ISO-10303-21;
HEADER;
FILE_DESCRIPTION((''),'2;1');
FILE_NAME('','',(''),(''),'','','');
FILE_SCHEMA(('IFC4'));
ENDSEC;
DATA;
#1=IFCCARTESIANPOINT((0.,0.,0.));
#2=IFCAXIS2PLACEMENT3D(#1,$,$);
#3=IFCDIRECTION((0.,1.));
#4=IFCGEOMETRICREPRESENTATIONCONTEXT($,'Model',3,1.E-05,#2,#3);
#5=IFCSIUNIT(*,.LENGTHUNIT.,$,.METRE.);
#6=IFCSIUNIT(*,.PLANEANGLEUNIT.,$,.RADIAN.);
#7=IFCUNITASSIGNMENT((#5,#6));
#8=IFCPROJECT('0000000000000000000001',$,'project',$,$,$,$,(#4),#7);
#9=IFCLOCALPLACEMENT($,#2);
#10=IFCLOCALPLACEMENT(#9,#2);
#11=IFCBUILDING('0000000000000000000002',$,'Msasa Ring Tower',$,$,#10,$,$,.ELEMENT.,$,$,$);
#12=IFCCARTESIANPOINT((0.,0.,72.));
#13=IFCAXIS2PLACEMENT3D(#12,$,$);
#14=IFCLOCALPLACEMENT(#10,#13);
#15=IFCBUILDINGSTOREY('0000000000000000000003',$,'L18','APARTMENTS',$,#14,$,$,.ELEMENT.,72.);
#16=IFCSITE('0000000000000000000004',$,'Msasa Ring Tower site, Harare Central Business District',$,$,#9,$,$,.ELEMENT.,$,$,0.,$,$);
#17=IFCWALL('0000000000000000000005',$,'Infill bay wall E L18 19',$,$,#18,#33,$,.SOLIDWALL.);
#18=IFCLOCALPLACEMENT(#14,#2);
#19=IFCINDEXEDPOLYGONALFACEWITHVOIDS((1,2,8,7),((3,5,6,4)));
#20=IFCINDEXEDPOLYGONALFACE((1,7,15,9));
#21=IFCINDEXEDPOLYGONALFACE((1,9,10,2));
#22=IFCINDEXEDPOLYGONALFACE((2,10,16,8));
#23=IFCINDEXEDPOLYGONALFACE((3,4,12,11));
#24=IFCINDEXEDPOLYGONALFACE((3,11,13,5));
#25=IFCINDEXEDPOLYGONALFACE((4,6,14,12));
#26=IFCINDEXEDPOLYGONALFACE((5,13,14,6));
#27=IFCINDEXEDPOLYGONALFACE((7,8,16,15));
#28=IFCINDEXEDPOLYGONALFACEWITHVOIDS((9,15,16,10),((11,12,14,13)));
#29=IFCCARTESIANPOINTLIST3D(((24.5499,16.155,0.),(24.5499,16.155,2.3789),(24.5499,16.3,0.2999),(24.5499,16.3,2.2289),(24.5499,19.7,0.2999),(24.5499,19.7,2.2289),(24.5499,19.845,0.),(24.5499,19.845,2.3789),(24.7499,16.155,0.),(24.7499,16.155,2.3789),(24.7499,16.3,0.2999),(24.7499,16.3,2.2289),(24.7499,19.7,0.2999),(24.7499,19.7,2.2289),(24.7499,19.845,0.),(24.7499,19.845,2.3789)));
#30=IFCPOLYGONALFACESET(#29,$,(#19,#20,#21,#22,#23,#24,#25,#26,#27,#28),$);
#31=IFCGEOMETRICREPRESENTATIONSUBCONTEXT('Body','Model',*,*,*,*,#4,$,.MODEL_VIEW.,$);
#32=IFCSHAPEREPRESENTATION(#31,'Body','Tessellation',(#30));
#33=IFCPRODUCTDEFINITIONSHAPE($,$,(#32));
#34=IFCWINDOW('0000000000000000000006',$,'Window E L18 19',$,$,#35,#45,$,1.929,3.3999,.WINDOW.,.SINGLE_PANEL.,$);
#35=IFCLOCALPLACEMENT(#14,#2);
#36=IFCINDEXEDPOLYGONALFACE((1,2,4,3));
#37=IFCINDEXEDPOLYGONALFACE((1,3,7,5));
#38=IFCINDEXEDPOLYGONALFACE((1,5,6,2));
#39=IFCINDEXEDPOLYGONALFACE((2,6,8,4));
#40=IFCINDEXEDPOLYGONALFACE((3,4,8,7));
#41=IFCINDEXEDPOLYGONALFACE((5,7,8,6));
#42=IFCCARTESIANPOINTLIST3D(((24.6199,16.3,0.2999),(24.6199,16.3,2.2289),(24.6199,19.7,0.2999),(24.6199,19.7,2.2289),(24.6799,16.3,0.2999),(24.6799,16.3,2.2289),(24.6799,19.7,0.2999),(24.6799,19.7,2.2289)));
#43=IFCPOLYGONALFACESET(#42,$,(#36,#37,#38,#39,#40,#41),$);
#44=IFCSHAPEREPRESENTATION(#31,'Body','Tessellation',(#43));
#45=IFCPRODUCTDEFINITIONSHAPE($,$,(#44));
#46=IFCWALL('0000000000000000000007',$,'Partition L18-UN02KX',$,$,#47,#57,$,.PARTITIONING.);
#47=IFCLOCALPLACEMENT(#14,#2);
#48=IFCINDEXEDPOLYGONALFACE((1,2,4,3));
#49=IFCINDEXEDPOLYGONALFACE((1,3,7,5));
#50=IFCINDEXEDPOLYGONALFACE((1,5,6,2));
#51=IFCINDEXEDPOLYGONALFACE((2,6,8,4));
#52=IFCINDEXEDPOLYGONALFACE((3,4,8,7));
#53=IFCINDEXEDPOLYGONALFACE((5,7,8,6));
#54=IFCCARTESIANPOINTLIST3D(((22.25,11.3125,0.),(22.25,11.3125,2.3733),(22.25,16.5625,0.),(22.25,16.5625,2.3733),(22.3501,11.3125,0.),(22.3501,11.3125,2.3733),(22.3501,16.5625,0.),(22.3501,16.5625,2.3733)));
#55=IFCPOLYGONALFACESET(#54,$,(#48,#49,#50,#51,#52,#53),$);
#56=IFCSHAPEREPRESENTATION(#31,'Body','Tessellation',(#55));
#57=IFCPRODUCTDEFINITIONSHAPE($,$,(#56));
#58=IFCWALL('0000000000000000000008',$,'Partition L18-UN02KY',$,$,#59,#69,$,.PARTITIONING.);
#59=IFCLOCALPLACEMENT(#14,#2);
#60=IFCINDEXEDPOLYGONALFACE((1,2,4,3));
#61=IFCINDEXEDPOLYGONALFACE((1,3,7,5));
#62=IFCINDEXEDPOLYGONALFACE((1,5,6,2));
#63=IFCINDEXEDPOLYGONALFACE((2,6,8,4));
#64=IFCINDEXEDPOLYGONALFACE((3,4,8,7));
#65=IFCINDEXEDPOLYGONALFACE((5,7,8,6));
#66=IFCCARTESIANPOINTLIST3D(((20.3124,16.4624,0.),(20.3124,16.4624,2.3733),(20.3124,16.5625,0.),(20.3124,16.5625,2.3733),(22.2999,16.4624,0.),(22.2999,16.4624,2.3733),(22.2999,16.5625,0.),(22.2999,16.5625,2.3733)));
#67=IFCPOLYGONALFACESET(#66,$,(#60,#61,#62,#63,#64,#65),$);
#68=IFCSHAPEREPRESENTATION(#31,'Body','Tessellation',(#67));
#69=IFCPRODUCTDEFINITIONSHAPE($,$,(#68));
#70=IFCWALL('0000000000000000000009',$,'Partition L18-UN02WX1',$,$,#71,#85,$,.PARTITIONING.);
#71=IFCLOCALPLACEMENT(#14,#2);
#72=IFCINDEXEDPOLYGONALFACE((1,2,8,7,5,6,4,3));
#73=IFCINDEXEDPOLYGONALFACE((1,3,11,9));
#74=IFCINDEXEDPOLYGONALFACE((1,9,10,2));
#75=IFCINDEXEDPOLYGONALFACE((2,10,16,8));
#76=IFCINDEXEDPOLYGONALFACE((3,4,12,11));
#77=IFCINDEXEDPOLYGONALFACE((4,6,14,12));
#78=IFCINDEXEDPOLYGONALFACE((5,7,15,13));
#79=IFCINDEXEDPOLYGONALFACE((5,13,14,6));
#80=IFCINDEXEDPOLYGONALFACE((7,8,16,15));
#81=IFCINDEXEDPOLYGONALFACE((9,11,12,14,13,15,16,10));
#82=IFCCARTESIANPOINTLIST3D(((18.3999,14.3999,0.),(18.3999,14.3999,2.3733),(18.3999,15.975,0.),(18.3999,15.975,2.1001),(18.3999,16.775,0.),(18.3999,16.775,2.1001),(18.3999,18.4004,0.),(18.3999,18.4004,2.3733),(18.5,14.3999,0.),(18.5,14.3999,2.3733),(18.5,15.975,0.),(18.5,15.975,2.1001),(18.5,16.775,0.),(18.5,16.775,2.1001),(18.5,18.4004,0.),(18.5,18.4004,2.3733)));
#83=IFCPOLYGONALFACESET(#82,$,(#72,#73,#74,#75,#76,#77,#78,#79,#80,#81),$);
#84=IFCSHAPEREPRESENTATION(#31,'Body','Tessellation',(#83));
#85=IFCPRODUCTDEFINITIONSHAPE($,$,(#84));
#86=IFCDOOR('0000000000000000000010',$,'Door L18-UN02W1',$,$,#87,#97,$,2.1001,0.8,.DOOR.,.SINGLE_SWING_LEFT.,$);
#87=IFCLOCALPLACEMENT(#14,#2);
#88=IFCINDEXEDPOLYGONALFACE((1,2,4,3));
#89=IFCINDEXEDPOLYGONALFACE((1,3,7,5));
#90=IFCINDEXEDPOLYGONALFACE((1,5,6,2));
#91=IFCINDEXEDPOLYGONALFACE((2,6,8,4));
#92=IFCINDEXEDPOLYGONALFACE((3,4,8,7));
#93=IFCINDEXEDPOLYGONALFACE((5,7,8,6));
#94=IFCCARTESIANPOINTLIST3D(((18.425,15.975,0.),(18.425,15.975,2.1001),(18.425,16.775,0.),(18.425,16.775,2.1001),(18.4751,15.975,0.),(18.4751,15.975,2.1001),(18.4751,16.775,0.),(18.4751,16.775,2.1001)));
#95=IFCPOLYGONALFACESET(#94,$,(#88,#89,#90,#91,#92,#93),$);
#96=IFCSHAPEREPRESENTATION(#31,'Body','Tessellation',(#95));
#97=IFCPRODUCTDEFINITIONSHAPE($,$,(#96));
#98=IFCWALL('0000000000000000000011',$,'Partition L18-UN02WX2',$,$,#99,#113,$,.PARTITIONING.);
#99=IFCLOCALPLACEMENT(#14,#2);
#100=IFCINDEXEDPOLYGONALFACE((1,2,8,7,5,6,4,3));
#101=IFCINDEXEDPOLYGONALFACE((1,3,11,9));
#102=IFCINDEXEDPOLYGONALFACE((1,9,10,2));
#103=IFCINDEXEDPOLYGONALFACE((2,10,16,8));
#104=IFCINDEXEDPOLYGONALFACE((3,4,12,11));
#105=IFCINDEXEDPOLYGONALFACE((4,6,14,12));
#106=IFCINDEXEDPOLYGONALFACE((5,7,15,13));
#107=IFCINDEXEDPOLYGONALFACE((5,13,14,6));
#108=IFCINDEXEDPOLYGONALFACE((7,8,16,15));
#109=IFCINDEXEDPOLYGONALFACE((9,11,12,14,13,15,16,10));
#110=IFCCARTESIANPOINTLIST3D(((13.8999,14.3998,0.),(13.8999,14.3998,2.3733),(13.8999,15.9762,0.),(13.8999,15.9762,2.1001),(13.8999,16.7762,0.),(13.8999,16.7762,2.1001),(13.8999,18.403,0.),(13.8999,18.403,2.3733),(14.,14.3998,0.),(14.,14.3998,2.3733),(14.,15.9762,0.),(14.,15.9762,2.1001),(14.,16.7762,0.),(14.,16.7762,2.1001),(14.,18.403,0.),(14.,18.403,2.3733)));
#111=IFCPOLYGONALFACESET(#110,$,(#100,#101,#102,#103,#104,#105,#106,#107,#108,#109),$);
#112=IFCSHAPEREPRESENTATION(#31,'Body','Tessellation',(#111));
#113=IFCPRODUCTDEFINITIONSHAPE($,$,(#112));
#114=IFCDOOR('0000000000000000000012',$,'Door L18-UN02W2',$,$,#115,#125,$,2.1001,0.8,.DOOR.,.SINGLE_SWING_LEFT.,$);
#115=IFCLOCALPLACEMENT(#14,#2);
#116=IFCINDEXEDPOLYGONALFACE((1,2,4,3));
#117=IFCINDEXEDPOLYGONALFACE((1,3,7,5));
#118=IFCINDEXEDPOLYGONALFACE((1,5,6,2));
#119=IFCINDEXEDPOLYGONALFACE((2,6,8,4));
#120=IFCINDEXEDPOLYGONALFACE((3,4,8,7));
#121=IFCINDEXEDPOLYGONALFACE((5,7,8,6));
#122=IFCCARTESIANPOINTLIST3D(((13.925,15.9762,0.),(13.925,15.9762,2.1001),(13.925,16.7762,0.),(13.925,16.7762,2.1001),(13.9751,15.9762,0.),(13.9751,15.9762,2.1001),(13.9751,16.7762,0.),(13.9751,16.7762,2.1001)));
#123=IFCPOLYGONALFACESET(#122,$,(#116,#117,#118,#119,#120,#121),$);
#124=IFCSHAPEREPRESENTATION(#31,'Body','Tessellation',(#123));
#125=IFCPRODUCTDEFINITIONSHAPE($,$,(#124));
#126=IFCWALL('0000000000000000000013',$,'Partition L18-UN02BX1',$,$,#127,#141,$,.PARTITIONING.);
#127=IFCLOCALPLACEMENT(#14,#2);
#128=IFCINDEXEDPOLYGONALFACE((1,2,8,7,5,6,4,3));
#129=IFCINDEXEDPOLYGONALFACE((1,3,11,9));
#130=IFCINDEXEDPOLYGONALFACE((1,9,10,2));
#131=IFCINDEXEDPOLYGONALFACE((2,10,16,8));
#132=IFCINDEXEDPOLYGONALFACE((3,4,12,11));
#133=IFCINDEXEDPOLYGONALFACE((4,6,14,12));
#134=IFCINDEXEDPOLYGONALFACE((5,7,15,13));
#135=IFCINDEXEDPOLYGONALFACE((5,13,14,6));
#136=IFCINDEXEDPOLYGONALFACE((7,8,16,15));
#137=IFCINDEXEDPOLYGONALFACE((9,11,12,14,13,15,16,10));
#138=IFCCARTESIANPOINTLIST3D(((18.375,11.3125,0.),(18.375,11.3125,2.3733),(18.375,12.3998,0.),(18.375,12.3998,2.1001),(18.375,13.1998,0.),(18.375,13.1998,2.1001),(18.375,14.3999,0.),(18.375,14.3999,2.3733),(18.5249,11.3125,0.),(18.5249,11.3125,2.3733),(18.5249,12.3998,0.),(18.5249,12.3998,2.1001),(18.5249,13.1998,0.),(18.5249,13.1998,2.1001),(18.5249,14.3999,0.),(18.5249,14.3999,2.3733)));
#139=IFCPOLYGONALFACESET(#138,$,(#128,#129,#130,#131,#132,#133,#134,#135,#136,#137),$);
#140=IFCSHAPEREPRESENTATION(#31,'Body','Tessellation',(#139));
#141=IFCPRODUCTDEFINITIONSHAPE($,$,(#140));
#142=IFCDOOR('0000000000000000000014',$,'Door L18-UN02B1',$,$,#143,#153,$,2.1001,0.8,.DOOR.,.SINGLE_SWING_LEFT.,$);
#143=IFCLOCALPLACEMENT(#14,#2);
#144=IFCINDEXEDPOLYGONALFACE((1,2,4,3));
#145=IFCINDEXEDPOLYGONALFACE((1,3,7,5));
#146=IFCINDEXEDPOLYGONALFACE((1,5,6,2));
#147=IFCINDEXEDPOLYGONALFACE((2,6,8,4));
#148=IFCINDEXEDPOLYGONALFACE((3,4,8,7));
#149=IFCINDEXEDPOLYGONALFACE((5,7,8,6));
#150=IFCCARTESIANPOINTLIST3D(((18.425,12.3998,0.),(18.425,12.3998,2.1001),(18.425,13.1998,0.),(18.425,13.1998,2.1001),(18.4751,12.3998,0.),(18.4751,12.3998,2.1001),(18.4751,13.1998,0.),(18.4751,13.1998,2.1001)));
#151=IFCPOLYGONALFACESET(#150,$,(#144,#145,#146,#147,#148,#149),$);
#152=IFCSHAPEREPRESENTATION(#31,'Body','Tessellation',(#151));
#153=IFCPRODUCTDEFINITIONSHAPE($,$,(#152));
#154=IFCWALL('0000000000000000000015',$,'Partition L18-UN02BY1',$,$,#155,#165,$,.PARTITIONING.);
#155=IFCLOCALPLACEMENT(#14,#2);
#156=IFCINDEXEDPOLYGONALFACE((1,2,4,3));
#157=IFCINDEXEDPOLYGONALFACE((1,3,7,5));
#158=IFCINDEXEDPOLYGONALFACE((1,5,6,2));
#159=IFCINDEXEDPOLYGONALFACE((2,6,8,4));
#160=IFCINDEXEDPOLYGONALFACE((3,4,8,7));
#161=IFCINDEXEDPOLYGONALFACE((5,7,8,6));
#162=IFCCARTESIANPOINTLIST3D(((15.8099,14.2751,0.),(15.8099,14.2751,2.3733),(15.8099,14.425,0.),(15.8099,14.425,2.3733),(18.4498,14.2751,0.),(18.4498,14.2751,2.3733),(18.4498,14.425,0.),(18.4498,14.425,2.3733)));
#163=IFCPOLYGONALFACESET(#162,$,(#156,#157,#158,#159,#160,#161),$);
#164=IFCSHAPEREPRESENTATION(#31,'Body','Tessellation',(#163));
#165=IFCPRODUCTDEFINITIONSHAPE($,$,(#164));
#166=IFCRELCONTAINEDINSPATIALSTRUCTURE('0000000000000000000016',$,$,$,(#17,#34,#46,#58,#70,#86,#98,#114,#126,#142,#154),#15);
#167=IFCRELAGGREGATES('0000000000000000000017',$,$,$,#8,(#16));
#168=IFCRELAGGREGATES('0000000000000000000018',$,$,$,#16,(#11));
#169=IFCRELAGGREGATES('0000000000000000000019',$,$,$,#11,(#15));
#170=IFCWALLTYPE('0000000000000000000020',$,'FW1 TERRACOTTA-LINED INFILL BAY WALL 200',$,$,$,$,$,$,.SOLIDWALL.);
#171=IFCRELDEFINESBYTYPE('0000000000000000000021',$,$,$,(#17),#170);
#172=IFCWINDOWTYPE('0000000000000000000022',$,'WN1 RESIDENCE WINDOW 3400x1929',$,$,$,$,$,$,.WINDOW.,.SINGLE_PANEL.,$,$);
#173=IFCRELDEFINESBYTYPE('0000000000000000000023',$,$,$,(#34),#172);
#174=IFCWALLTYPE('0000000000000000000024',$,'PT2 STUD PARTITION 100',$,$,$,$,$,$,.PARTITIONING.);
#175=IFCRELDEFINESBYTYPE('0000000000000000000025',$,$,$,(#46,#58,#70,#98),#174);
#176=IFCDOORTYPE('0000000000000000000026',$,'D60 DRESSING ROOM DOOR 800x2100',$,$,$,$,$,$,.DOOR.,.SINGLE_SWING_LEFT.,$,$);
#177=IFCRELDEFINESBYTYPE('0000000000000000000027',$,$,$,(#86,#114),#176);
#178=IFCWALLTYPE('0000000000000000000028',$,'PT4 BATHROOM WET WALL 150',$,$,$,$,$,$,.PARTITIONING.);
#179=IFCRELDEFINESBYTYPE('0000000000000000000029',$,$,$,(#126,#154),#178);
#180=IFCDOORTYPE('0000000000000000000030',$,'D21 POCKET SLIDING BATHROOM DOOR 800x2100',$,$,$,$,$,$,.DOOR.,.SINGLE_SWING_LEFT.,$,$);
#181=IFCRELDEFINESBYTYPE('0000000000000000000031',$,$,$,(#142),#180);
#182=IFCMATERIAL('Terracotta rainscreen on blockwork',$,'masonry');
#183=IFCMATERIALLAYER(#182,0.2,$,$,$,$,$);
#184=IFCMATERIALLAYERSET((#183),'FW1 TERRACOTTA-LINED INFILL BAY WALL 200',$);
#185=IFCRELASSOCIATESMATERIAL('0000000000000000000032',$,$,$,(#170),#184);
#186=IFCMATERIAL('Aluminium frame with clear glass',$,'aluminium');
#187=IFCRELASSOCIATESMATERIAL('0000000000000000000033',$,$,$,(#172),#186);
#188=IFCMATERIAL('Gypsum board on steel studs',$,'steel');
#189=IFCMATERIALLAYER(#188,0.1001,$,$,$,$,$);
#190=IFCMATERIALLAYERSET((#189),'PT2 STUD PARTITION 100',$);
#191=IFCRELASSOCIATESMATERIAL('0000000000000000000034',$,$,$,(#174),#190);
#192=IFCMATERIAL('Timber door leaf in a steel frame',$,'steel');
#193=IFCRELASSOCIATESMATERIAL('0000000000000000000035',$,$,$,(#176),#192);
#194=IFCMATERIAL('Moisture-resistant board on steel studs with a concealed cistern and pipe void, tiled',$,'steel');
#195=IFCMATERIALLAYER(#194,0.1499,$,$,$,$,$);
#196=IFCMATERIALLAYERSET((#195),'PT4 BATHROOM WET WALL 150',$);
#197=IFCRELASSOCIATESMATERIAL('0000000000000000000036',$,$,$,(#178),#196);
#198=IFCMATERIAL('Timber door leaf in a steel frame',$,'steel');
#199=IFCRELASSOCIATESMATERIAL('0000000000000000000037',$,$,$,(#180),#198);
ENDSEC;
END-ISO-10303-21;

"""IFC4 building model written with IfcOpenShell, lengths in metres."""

from ifc_helpers import new_model, si_unit, direction, frame, frame_2d, origin, place, context, subcontext, project, spatial, rectangle, extrude, material, layer, layer_set, type_object, element, fill, save


model = new_model("IFC4")

# Units and contexts
model_context = context("Model", 3, precision=1e-05, world=origin(), true_north=direction((0.0, 1.0)))
body_context = subcontext(model_context, "Body", "Model", "MODEL_VIEW")
ifc_project = project(units=[si_unit("LENGTHUNIT", "METRE"), si_unit("PLANEANGLEUNIT", "RADIAN")], contexts=[model_context])

# Site, building, storey
site_placement = place(None, origin())
site = spatial("IfcSite", under=ifc_project, at=site_placement, Name="Msasa Ring Tower site, Harare Central Business District", CompositionType="ELEMENT", RefElevation=0.0)
building_placement = place(site_placement, origin())
building = spatial("IfcBuilding", under=site, at=building_placement, Name="Msasa Ring Tower", CompositionType="ELEMENT")
storey_placement = place(building_placement, frame((0.0, 0.0, 72.0)))
storey = spatial("IfcBuildingStorey", under=building, at=storey_placement, Name="L18", Description="APARTMENTS", CompositionType="ELEMENT", Elevation=72.0)

# Wall, opening, window
ifc_material_1 = material(Name="Terracotta rainscreen on blockwork", Category="masonry")
ifc_layer_1 = layer(ifc_material_1, 0.2)
ifc_layer_set_1 = layer_set([ifc_layer_1], Name="FW1 TERRACOTTA-LINED INFILL BAY WALL 200")
wall_type_1 = type_object("IfcWallType", Name="FW1 TERRACOTTA-LINED INFILL BAY WALL 200", PredefinedType="SOLIDWALL", material=ifc_layer_set_1)
ifc_material_2 = material(Name="Aluminium frame with clear glass", Category="aluminium")
window_type = type_object("IfcWindowType", Name="WN1 RESIDENCE WINDOW 3400x1929", PartitioningType="SINGLE_PANEL", PredefinedType="WINDOW", material=ifc_material_2)
wall_1_placement = place(storey_placement, frame((24.6499, 16.155, 0.0), z_axis=(0.0, 0.0, 1.0), x_axis=(0.0, 1.0, 0.0)))
wall_1 = element("IfcWall", 1, at=wall_1_placement, inside=storey, type_object=wall_type_1, Name="Infill bay wall E L18 19", PredefinedType="SOLIDWALL", context=body_context, shape_type="SweptSolid", body=[
    extrude(rectangle(XDim=3.6899, YDim=0.2, at=frame_2d((1.845, 0.0))), origin(), (0.0, 0.0, 1.0), 2.3789),
])
opening_1_placement = place(wall_1_placement, frame((0.145, 0.0, 0.3)))
opening_1 = element("IfcOpeningElement", 2, at=opening_1_placement, cuts=wall_1, PredefinedType="OPENING", context=body_context, shape_type="SweptSolid", body=[
    extrude(rectangle(XDim=3.3999, YDim=1.929, at=frame_2d((1.7, 0.9644))), frame((0.0, 0.1099, 0.0), z_axis=(0.0, -1.0, 0.0), x_axis=(1.0, 0.0, 0.0)), (0.0, 0.0, 1.0), 0.22),
])
window_1_placement = place(opening_1_placement, origin())
window_1 = element("IfcWindow", 3, at=window_1_placement, inside=storey, type_object=window_type, Name="Window E L18 19", OverallHeight=1.929, OverallWidth=3.3999, PartitioningType="SINGLE_PANEL", PredefinedType="WINDOW", context=body_context, shape_type="SweptSolid", body=[
    extrude(rectangle(XDim=3.3999, YDim=1.929, at=frame_2d((1.7, 0.9644))), frame((0.0, 0.03, 0.0), z_axis=(0.0, -1.0, 0.0), x_axis=(1.0, 0.0, 0.0)), (0.0, 0.0, 1.0), 0.0601),
])
fill(opening_1, window_1)

# Walls
ifc_material_3 = material(Name="Gypsum board on steel studs", Category="steel")
ifc_layer_2 = layer(ifc_material_3, 0.1001)
ifc_layer_set_2 = layer_set([ifc_layer_2], Name="PT2 STUD PARTITION 100")
wall_type_2 = type_object("IfcWallType", Name="PT2 STUD PARTITION 100", PredefinedType="PARTITIONING", material=ifc_layer_set_2)
wall_2_placement = place(storey_placement, frame((22.3, 11.3125, 0.0), z_axis=(0.0, 0.0, 1.0), x_axis=(0.0, 1.0, 0.0)))
element("IfcWall", 4, at=wall_2_placement, inside=storey, type_object=wall_type_2, Name="Partition L18-UN02KX", PredefinedType="PARTITIONING", context=body_context, shape_type="SweptSolid", body=[
    extrude(rectangle(XDim=5.25, YDim=0.1001, at=frame_2d((2.625, 0.0))), origin(), (0.0, 0.0, 1.0), 2.3733),
])
wall_3_placement = place(storey_placement, frame((20.3125, 16.5125, 0.0), z_axis=(0.0, 0.0, 1.0), x_axis=(1.0, 0.0, 0.0)))
element("IfcWall", 5, at=wall_3_placement, inside=storey, type_object=wall_type_2, Name="Partition L18-UN02KY", PredefinedType="PARTITIONING", context=body_context, shape_type="SweptSolid", body=[
    extrude(rectangle(XDim=1.9875, YDim=0.1001, at=frame_2d((0.9937, 0.0))), origin(), (0.0, 0.0, 1.0), 2.3733),
])

# Walls, openings, doors
wall_4_placement = place(storey_placement, frame((18.45, 14.3999, 0.0), z_axis=(0.0, 0.0, 1.0), x_axis=(0.0, 1.0, 0.0)))
wall_4 = element("IfcWall", 6, at=wall_4_placement, inside=storey, type_object=wall_type_2, Name="Partition L18-UN02WX1", PredefinedType="PARTITIONING", context=body_context, shape_type="SweptSolid", body=[
    extrude(rectangle(XDim=4.0005, YDim=0.1001, at=frame_2d((2.0002, 0.0))), origin(), (0.0, 0.0, 1.0), 2.3733),
])
opening_2_placement = place(wall_4_placement, frame((1.5752, 0.0, 0.0)))
opening_2 = element("IfcOpeningElement", 7, at=opening_2_placement, cuts=wall_4, PredefinedType="OPENING", context=body_context, shape_type="SweptSolid", body=[
    extrude(rectangle(XDim=0.8, YDim=2.1001, at=frame_2d((0.3999, 1.05))), frame((0.0, 0.0601, 0.0), z_axis=(0.0, -1.0, 0.0), x_axis=(1.0, 0.0, 0.0)), (0.0, 0.0, 1.0), 0.1201),
])
ifc_material_4 = material(Name="Timber door leaf in a steel frame", Category="steel")
door_type_1 = type_object("IfcDoorType", Name="D60 DRESSING ROOM DOOR 800x2100", OperationType="SINGLE_SWING_LEFT", PredefinedType="DOOR", material=ifc_material_4)
door_1_placement = place(opening_2_placement, origin())
door_1 = element("IfcDoor", 8, at=door_1_placement, inside=storey, type_object=door_type_1, Name="Door L18-UN02W1", OperationType="SINGLE_SWING_LEFT", OverallHeight=2.1001, OverallWidth=0.8, PredefinedType="DOOR", context=body_context, shape_type="SweptSolid", body=[
    extrude(rectangle(XDim=0.8, YDim=2.1001, at=frame_2d((0.3999, 1.05))), frame((0.0, 0.0249, 0.0), z_axis=(0.0, -1.0, 0.0), x_axis=(1.0, 0.0, 0.0)), (0.0, 0.0, 1.0), 0.05),
])
fill(opening_2, door_1)
wall_5_placement = place(storey_placement, frame((13.95, 14.3999, 0.0), z_axis=(0.0, 0.0, 1.0), x_axis=(0.0, 1.0, 0.0)))
wall_5 = element("IfcWall", 9, at=wall_5_placement, inside=storey, type_object=wall_type_2, Name="Partition L18-UN02WX2", PredefinedType="PARTITIONING", context=body_context, shape_type="SweptSolid", body=[
    extrude(rectangle(XDim=4.0032, YDim=0.1001, at=frame_2d((2.0015, 0.0))), origin(), (0.0, 0.0, 1.0), 2.3733),
])
opening_3_placement = place(wall_5_placement, frame((1.5764, 0.0, 0.0)))
opening_3 = element("IfcOpeningElement", 10, at=opening_3_placement, cuts=wall_5, PredefinedType="OPENING", context=body_context, shape_type="SweptSolid", body=[
    extrude(rectangle(XDim=0.8, YDim=2.1001, at=frame_2d((0.3999, 1.05))), frame((0.0, 0.0601, 0.0), z_axis=(0.0, -1.0, 0.0), x_axis=(1.0, 0.0, 0.0)), (0.0, 0.0, 1.0), 0.1201),
])
door_2_placement = place(opening_3_placement, origin())
door_2 = element("IfcDoor", 11, at=door_2_placement, inside=storey, type_object=door_type_1, Name="Door L18-UN02W2", OperationType="SINGLE_SWING_LEFT", OverallHeight=2.1001, OverallWidth=0.8, PredefinedType="DOOR", context=body_context, shape_type="SweptSolid", body=[
    extrude(rectangle(XDim=0.8, YDim=2.1001, at=frame_2d((0.3999, 1.05))), frame((0.0, 0.0249, 0.0), z_axis=(0.0, -1.0, 0.0), x_axis=(1.0, 0.0, 0.0)), (0.0, 0.0, 1.0), 0.05),
])
fill(opening_3, door_2)
ifc_material_5 = material(Name="Moisture-resistant board on steel studs with a concealed cistern and pipe void, tiled", Category="steel")
ifc_layer_3 = layer(ifc_material_5, 0.1499)
ifc_layer_set_3 = layer_set([ifc_layer_3], Name="PT4 BATHROOM WET WALL 150")
wall_type_3 = type_object("IfcWallType", Name="PT4 BATHROOM WET WALL 150", PredefinedType="PARTITIONING", material=ifc_layer_set_3)
wall_6_placement = place(storey_placement, frame((18.45, 11.3125, 0.0), z_axis=(0.0, 0.0, 1.0), x_axis=(0.0, 1.0, 0.0)))
wall_6 = element("IfcWall", 12, at=wall_6_placement, inside=storey, type_object=wall_type_3, Name="Partition L18-UN02BX1", PredefinedType="PARTITIONING", context=body_context, shape_type="SweptSolid", body=[
    extrude(rectangle(XDim=3.0874, YDim=0.1499, at=frame_2d((1.5437, 0.0))), origin(), (0.0, 0.0, 1.0), 2.3733),
])
opening_4_placement = place(wall_6_placement, frame((1.0874, 0.0, 0.0)))
opening_4 = element("IfcOpeningElement", 13, at=opening_4_placement, cuts=wall_6, PredefinedType="OPENING", context=body_context, shape_type="SweptSolid", body=[
    extrude(rectangle(XDim=0.8, YDim=2.1001, at=frame_2d((0.3999, 1.05))), frame((0.0, 0.085, 0.0), z_axis=(0.0, -1.0, 0.0), x_axis=(1.0, 0.0, 0.0)), (0.0, 0.0, 1.0), 0.1699),
])
ifc_material_6 = material(Name="Timber door leaf in a steel frame", Category="steel")
door_type_2 = type_object("IfcDoorType", Name="D21 POCKET SLIDING BATHROOM DOOR 800x2100", OperationType="SINGLE_SWING_LEFT", PredefinedType="DOOR", material=ifc_material_6)
door_3_placement = place(opening_4_placement, origin())
door_3 = element("IfcDoor", 14, at=door_3_placement, inside=storey, type_object=door_type_2, Name="Door L18-UN02B1", OperationType="SINGLE_SWING_LEFT", OverallHeight=2.1001, OverallWidth=0.8, PredefinedType="DOOR", context=body_context, shape_type="SweptSolid", body=[
    extrude(rectangle(XDim=0.8, YDim=2.1001, at=frame_2d((0.3999, 1.05))), frame((0.0, 0.0249, 0.0), z_axis=(0.0, -1.0, 0.0), x_axis=(1.0, 0.0, 0.0)), (0.0, 0.0, 1.0), 0.05),
])
fill(opening_4, door_3)

# Wall
wall_7_placement = place(storey_placement, frame((15.8101, 14.3501, 0.0), z_axis=(0.0, 0.0, 1.0), x_axis=(1.0, 0.0, 0.0)))
element("IfcWall", 15, at=wall_7_placement, inside=storey, type_object=wall_type_3, Name="Partition L18-UN02BY1", PredefinedType="PARTITIONING", context=body_context, shape_type="SweptSolid", body=[
    extrude(rectangle(XDim=2.6399, YDim=0.1499, at=frame_2d((1.3198, 0.0))), origin(), (0.0, 0.0, 1.0), 2.3733),
])

save(model, "model.ifc")
